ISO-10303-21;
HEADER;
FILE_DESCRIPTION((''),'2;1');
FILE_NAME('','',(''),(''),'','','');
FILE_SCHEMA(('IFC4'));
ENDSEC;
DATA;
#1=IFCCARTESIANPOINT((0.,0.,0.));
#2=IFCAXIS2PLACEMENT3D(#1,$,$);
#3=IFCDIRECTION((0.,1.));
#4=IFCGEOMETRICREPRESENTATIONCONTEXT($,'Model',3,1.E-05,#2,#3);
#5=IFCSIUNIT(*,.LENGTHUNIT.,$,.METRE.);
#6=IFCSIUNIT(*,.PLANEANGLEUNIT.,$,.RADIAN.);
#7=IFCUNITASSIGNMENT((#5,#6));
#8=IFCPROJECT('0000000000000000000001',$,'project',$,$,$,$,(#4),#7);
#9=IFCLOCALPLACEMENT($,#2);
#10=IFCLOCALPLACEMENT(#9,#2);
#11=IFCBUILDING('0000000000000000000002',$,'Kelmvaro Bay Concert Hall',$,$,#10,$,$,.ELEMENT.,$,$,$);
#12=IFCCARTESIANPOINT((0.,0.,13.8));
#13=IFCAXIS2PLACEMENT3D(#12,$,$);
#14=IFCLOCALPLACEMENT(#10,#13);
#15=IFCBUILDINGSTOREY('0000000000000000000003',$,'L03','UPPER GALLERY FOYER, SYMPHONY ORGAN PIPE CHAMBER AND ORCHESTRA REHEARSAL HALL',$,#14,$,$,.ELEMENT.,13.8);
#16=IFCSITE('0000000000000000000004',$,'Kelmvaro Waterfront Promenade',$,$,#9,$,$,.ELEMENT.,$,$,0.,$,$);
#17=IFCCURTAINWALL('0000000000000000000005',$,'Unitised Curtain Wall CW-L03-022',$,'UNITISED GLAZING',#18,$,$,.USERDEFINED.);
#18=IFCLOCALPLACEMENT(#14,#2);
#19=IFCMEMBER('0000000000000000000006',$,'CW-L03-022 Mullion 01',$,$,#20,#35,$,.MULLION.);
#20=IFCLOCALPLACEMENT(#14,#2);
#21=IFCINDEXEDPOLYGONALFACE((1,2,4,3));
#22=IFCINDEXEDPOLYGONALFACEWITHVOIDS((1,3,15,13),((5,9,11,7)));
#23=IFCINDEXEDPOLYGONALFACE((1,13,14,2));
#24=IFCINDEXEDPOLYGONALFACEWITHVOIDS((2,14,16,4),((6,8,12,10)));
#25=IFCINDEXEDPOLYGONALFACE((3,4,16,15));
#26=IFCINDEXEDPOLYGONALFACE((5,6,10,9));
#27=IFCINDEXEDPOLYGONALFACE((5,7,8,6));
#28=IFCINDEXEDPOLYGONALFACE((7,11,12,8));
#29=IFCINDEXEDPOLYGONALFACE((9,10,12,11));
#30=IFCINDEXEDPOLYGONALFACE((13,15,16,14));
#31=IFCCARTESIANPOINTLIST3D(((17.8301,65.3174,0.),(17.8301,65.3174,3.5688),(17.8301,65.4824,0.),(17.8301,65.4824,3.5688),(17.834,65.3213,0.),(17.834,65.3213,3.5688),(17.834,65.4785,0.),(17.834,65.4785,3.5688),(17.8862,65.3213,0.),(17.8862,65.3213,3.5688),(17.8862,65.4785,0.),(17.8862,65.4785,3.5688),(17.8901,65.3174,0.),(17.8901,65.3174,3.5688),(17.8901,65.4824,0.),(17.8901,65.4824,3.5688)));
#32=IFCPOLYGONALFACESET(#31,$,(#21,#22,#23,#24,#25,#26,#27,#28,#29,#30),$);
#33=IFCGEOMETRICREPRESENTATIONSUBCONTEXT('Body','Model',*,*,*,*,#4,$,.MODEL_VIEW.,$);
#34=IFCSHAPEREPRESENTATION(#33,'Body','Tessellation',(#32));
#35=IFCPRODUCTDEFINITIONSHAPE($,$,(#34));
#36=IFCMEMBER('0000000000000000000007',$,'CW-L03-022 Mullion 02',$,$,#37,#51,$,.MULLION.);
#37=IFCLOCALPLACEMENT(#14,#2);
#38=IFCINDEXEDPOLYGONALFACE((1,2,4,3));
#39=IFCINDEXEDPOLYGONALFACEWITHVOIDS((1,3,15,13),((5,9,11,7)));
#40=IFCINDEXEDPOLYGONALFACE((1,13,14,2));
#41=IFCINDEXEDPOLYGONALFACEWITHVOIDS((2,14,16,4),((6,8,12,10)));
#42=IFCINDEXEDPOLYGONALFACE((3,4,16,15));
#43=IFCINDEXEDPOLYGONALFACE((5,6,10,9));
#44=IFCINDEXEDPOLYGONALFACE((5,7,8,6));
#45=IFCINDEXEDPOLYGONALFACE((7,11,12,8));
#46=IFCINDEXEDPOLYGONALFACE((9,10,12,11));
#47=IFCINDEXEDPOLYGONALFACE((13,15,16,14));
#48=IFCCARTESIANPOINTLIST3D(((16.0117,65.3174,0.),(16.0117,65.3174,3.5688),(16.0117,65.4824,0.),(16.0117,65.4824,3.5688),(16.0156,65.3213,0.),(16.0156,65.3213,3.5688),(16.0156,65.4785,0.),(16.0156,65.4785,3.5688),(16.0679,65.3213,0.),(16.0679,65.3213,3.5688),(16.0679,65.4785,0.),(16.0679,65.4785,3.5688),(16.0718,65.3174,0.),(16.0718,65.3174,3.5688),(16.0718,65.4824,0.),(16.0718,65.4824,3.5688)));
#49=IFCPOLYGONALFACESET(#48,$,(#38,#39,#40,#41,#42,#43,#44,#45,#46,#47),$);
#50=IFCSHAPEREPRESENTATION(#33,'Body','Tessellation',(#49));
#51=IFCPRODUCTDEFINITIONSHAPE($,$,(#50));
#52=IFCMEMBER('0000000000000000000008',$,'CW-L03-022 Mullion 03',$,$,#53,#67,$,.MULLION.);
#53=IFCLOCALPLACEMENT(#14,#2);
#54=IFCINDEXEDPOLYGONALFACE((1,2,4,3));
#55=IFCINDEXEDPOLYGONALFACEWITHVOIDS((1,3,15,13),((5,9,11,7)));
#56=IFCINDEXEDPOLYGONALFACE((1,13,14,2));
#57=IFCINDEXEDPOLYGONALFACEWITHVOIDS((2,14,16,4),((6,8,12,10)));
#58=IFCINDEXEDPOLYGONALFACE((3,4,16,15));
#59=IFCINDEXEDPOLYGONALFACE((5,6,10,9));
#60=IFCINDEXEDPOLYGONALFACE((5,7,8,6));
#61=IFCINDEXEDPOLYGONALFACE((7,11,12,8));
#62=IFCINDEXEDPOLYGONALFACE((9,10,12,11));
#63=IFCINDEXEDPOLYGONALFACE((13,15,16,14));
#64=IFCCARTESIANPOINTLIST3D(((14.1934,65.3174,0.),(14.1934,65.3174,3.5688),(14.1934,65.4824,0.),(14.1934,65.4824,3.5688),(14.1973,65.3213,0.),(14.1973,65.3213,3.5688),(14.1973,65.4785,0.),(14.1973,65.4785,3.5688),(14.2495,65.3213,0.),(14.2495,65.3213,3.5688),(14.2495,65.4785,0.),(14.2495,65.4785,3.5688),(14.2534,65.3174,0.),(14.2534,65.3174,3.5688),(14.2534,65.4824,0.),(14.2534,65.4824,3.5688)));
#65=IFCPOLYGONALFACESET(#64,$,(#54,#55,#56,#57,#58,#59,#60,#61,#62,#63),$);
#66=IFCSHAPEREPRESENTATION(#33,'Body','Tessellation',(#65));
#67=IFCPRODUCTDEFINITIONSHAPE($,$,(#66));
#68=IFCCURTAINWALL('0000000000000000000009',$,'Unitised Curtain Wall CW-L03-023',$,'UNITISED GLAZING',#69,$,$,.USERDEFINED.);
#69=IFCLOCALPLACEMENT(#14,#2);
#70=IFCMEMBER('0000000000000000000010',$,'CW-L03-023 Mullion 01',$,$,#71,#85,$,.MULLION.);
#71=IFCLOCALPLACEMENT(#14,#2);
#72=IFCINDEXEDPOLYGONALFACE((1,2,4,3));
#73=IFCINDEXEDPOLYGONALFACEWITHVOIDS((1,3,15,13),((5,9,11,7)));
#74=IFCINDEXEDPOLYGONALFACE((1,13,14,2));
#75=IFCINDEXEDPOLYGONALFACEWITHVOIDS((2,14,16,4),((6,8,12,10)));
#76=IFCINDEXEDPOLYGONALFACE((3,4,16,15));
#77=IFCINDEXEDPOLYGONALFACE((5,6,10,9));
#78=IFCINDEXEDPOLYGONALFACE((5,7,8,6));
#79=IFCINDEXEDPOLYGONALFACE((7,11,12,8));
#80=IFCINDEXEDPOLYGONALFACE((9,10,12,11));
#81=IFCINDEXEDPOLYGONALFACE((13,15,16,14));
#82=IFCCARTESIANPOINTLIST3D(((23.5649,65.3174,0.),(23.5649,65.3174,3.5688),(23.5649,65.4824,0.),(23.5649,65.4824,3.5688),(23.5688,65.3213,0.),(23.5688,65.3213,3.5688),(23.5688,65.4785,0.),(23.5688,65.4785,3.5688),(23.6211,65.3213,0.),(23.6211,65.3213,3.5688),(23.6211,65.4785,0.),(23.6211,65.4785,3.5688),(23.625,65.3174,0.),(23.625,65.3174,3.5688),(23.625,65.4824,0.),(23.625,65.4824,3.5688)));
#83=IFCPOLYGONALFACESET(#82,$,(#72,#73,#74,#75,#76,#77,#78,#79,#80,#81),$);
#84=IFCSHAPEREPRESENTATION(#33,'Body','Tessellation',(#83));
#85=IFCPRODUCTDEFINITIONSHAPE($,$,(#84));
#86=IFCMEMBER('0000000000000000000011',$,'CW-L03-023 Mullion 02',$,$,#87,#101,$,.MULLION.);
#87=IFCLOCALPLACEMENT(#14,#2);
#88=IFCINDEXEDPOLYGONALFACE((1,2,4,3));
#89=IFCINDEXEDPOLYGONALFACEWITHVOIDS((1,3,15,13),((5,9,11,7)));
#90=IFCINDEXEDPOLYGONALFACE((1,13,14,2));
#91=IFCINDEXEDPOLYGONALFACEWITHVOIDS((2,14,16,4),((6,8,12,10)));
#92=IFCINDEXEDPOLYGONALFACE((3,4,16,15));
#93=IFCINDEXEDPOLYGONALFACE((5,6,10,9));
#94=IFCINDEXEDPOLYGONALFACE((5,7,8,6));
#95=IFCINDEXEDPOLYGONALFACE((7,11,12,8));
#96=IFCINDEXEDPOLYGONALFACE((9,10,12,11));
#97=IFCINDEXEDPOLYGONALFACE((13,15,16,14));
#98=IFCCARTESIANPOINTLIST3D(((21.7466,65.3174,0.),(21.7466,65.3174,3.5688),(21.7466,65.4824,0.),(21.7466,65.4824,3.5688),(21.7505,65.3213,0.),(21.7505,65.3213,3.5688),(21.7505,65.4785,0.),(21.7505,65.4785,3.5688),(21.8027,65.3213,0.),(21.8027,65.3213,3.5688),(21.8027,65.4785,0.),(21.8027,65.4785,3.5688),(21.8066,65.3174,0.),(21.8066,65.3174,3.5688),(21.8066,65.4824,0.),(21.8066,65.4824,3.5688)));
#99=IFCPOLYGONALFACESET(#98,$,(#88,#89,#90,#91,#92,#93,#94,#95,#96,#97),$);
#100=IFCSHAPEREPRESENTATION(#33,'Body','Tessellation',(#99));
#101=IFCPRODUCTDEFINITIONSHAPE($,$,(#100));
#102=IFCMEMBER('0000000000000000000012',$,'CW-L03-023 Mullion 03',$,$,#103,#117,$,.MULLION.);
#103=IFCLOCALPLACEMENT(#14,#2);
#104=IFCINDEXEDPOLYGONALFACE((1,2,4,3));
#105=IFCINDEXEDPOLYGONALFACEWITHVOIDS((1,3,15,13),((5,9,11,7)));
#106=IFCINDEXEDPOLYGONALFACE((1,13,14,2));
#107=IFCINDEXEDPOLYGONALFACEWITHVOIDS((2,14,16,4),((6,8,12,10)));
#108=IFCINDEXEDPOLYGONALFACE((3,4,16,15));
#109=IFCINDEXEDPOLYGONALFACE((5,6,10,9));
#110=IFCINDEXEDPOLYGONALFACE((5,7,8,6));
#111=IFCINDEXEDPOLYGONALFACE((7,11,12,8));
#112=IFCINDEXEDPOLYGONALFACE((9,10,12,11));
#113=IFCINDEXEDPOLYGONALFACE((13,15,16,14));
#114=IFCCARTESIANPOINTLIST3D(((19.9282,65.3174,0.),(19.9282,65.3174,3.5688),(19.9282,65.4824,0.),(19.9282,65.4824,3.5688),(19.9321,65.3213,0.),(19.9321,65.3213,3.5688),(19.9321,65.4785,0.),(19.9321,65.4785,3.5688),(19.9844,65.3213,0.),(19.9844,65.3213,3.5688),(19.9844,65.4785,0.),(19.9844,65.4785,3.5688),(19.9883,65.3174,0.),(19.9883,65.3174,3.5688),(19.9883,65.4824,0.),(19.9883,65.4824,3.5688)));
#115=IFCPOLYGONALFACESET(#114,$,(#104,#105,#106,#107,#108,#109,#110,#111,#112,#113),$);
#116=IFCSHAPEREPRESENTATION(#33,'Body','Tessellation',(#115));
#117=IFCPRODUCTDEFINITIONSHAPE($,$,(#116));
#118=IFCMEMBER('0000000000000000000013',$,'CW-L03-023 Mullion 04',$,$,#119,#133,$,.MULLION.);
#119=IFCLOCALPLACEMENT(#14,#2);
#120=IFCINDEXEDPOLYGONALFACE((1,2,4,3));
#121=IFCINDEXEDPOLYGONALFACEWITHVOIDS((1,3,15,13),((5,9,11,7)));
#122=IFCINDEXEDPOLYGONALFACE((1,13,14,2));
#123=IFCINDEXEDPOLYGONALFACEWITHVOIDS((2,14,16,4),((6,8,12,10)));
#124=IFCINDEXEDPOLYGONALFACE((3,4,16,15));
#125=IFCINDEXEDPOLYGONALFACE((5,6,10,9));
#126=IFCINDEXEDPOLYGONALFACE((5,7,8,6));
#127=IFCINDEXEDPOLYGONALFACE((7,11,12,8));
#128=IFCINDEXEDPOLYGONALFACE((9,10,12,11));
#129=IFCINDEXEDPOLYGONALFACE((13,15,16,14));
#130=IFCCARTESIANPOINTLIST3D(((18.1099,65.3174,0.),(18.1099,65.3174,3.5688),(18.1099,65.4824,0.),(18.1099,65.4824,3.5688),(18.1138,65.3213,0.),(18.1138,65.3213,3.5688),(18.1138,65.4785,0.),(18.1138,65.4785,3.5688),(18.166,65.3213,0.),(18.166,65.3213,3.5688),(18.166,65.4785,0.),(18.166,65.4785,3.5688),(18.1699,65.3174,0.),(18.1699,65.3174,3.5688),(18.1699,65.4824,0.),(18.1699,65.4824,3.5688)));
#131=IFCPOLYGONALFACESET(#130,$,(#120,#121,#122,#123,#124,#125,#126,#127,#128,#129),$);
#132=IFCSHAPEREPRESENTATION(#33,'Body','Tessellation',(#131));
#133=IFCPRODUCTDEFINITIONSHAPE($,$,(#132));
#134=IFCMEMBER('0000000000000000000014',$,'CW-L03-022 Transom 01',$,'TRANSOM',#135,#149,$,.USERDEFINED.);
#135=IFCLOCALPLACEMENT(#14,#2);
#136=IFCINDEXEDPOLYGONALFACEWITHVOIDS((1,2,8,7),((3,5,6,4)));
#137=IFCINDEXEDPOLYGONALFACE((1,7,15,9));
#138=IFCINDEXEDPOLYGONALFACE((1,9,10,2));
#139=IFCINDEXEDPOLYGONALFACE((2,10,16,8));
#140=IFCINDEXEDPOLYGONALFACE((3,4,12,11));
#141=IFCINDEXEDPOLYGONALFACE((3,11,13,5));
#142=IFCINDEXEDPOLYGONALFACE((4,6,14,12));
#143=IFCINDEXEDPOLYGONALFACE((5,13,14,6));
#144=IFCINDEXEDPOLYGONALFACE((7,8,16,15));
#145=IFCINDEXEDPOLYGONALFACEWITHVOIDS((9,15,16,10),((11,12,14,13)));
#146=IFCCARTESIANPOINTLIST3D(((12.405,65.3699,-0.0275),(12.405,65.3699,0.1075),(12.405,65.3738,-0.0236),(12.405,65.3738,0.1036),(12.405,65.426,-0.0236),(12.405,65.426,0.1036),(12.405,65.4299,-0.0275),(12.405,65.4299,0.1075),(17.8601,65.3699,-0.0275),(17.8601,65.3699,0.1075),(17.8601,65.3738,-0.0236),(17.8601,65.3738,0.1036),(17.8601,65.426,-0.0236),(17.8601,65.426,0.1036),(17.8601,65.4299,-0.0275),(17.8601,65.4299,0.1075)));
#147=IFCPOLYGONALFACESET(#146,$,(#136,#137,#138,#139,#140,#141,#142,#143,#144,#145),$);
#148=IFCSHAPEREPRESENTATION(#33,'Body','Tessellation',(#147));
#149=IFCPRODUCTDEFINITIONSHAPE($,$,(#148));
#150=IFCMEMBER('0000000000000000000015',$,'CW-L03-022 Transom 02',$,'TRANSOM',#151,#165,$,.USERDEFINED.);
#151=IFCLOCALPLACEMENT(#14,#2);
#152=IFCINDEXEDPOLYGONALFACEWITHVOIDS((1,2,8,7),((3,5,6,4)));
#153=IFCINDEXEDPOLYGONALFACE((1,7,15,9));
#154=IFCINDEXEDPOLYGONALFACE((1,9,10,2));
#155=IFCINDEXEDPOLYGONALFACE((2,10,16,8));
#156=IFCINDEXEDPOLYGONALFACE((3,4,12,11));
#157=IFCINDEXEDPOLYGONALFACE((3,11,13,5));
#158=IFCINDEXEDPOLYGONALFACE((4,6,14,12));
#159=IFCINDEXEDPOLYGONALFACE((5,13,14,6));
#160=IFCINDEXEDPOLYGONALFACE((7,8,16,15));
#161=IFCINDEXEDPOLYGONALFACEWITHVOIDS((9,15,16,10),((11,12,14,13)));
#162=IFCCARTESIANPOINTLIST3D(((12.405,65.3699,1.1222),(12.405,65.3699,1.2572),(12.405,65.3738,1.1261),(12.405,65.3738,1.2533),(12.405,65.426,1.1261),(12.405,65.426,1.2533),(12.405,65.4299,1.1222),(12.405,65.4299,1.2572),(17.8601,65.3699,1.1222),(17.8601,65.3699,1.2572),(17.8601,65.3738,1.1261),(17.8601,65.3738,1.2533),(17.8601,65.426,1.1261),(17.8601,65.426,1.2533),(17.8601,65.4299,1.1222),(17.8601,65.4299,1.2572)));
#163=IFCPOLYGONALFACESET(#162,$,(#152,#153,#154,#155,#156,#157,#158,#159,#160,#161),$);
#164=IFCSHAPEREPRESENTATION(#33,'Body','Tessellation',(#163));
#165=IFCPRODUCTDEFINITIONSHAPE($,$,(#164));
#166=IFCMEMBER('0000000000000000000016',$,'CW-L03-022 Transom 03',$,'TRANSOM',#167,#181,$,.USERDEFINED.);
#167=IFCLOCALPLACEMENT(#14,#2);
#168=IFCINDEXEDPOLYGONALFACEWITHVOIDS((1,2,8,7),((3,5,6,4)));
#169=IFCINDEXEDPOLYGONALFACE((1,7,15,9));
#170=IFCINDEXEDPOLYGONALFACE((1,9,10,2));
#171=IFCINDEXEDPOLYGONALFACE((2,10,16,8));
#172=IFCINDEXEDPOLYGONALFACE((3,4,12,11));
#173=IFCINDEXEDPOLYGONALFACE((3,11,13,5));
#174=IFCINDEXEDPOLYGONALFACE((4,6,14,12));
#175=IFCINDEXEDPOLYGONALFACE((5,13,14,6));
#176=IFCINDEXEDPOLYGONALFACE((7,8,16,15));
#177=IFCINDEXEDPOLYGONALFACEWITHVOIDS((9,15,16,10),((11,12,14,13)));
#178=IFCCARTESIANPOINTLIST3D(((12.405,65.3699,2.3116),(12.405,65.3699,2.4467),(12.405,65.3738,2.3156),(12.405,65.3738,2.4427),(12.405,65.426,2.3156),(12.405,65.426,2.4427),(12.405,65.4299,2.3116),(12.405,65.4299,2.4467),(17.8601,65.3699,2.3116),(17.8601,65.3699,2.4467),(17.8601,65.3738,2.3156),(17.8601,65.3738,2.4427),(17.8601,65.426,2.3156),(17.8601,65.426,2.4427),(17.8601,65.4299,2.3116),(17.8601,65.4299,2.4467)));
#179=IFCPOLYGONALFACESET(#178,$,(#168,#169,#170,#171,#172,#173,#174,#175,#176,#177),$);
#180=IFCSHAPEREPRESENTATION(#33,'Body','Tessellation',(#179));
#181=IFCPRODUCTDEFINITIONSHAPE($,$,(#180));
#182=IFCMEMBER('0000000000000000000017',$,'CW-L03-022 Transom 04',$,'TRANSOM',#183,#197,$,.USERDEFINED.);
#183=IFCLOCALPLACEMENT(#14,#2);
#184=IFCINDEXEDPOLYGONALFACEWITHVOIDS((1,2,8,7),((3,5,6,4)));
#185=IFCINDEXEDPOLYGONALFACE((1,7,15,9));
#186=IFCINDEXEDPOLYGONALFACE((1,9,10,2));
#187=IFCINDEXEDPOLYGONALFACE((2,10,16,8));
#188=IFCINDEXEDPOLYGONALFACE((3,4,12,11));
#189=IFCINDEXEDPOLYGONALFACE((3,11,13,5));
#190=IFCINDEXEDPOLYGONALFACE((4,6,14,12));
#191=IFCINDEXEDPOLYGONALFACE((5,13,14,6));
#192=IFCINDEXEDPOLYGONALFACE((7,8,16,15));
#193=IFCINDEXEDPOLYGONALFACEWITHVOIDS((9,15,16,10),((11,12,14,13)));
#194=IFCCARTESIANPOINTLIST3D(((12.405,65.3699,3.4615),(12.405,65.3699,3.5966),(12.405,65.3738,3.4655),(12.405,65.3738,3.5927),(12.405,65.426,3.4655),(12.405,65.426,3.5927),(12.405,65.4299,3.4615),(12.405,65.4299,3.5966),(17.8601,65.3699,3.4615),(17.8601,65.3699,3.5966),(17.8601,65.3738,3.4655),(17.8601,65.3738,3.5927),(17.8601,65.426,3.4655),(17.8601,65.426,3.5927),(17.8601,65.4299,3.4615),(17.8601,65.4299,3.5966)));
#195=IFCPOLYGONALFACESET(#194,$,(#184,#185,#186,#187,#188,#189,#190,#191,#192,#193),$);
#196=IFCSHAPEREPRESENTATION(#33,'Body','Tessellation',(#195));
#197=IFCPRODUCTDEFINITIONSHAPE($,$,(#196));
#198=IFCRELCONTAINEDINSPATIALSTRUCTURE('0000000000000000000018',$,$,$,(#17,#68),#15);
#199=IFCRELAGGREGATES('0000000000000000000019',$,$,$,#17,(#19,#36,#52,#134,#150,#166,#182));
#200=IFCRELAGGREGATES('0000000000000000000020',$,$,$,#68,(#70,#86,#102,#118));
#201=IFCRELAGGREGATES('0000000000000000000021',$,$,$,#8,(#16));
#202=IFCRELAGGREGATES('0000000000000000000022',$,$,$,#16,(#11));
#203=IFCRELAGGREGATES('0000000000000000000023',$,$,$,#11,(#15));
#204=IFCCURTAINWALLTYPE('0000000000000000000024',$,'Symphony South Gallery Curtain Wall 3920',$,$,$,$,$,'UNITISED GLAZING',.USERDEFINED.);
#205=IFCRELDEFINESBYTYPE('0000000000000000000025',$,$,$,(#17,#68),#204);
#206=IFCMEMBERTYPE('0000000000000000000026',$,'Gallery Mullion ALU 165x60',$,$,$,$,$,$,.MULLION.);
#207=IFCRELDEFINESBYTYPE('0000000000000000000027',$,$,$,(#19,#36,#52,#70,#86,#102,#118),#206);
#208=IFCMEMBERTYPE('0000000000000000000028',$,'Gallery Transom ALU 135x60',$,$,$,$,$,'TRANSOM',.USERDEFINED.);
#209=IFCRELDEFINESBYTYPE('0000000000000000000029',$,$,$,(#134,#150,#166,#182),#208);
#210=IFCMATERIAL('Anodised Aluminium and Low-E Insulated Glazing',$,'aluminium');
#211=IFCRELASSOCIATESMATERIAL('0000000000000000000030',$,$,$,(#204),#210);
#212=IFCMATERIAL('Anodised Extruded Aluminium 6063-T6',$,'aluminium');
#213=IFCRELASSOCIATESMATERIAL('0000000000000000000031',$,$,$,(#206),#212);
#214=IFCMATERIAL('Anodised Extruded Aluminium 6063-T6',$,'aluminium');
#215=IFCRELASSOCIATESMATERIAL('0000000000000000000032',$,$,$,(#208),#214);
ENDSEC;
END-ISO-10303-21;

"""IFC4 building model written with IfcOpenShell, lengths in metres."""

from ifc_helpers import new_model, si_unit, direction, frame, origin, origin_2d, place, context, subcontext, project, spatial, hollow_rectangle, extrude, material, material_profile, profile_set, type_object, element, aggregate, save


model = new_model("IFC4")

# Units and contexts
model_context = context("Model", 3, precision=1e-05, world=origin(), true_north=direction((0.0, 1.0)))
body_context = subcontext(model_context, "Body", "Model", "MODEL_VIEW")
ifc_project = project(units=[si_unit("LENGTHUNIT", "METRE"), si_unit("PLANEANGLEUNIT", "RADIAN")], contexts=[model_context])

# Site, building, storey
site_placement = place(None, origin())
site = spatial("IfcSite", under=ifc_project, at=site_placement, Name="Kelmvaro Waterfront Promenade", CompositionType="ELEMENT", RefElevation=0.0)
building_placement = place(site_placement, origin())
building = spatial("IfcBuilding", under=site, at=building_placement, Name="Kelmvaro Bay Concert Hall", CompositionType="ELEMENT")
storey_placement = place(building_placement, frame((0.0, 0.0, 13.8)))
storey = spatial("IfcBuildingStorey", under=building, at=storey_placement, Name="L03", Description="UPPER GALLERY FOYER, SYMPHONY ORGAN PIPE CHAMBER AND ORCHESTRA REHEARSAL HALL", CompositionType="ELEMENT", Elevation=13.8)

# Curtain walls, members
ifc_material_1 = material(Name="Anodised Aluminium and Low-E Insulated Glazing", Category="aluminium")
curtain_wall_type = type_object("IfcCurtainWallType", Name="Symphony South Gallery Curtain Wall 3920", ElementType="UNITISED GLAZING", PredefinedType="USERDEFINED", material=ifc_material_1)
curtain_wall_1_placement = place(storey_placement, origin())
curtain_wall_1 = element("IfcCurtainWall", 1, at=curtain_wall_1_placement, inside=storey, type_object=curtain_wall_type, Name="Unitised Curtain Wall CW-L03-022", ObjectType="UNITISED GLAZING", PredefinedType="USERDEFINED")
ifc_material_2 = material(Name="Anodised Extruded Aluminium 6063-T6", Category="aluminium")
ifc_material_profile_1 = material_profile(ifc_material_2, hollow_rectangle(XDim=0.0601, YDim=0.165, WallThickness=0.0039, at=origin_2d()), Name="ALU-MUL-165X60")
ifc_profile_set_1 = profile_set([ifc_material_profile_1], Name="Anodised Extruded Aluminium 6063-T6")
member_type_1 = type_object("IfcMemberType", Name="Gallery Mullion ALU 165x60", PredefinedType="MULLION", material=ifc_profile_set_1)
member_1_placement = place(storey_placement, frame((17.8601, 65.3999, 0.0), z_axis=(0.0, 0.0, 1.0), x_axis=(1.0, 0.0, 0.0)))
member_1 = element("IfcMember", 2, at=member_1_placement, type_object=member_type_1, Name="CW-L03-022 Mullion 01", PredefinedType="MULLION", context=body_context, shape_type="SweptSolid", body=[
    extrude(hollow_rectangle(XDim=0.0601, YDim=0.165, WallThickness=0.0039, at=origin_2d()), origin(), (0.0, 0.0, 1.0), 3.5688),
])
member_2_placement = place(storey_placement, frame((16.0417, 65.3999, 0.0), z_axis=(0.0, 0.0, 1.0), x_axis=(1.0, 0.0, 0.0)))
member_2 = element("IfcMember", 3, at=member_2_placement, type_object=member_type_1, Name="CW-L03-022 Mullion 02", PredefinedType="MULLION", context=body_context, shape_type="SweptSolid", body=[
    extrude(hollow_rectangle(XDim=0.0601, YDim=0.165, WallThickness=0.0039, at=origin_2d()), origin(), (0.0, 0.0, 1.0), 3.5688),
])
member_3_placement = place(storey_placement, frame((14.2234, 65.3999, 0.0), z_axis=(0.0, 0.0, 1.0), x_axis=(1.0, 0.0, 0.0)))
member_3 = element("IfcMember", 4, at=member_3_placement, type_object=member_type_1, Name="CW-L03-022 Mullion 03", PredefinedType="MULLION", context=body_context, shape_type="SweptSolid", body=[
    extrude(hollow_rectangle(XDim=0.0601, YDim=0.165, WallThickness=0.0039, at=origin_2d()), origin(), (0.0, 0.0, 1.0), 3.5688),
])
curtain_wall_2_placement = place(storey_placement, origin())
curtain_wall_2 = element("IfcCurtainWall", 5, at=curtain_wall_2_placement, inside=storey, type_object=curtain_wall_type, Name="Unitised Curtain Wall CW-L03-023", ObjectType="UNITISED GLAZING", PredefinedType="USERDEFINED")
member_4_placement = place(storey_placement, frame((23.595, 65.3999, 0.0), z_axis=(0.0, 0.0, 1.0), x_axis=(1.0, 0.0, 0.0)))
member_4 = element("IfcMember", 6, at=member_4_placement, type_object=member_type_1, Name="CW-L03-023 Mullion 01", PredefinedType="MULLION", context=body_context, shape_type="SweptSolid", body=[
    extrude(hollow_rectangle(XDim=0.0601, YDim=0.165, WallThickness=0.0039, at=origin_2d()), origin(), (0.0, 0.0, 1.0), 3.5688),
])
member_5_placement = place(storey_placement, frame((21.7766, 65.3999, 0.0), z_axis=(0.0, 0.0, 1.0), x_axis=(1.0, 0.0, 0.0)))
member_5 = element("IfcMember", 7, at=member_5_placement, type_object=member_type_1, Name="CW-L03-023 Mullion 02", PredefinedType="MULLION", context=body_context, shape_type="SweptSolid", body=[
    extrude(hollow_rectangle(XDim=0.0601, YDim=0.165, WallThickness=0.0039, at=origin_2d()), origin(), (0.0, 0.0, 1.0), 3.5688),
])
member_6_placement = place(storey_placement, frame((19.9583, 65.3999, 0.0), z_axis=(0.0, 0.0, 1.0), x_axis=(1.0, 0.0, 0.0)))
member_6 = element("IfcMember", 8, at=member_6_placement, type_object=member_type_1, Name="CW-L03-023 Mullion 03", PredefinedType="MULLION", context=body_context, shape_type="SweptSolid", body=[
    extrude(hollow_rectangle(XDim=0.0601, YDim=0.165, WallThickness=0.0039, at=origin_2d()), origin(), (0.0, 0.0, 1.0), 3.5688),
])
member_7_placement = place(storey_placement, frame((18.1399, 65.3999, 0.0), z_axis=(0.0, 0.0, 1.0), x_axis=(1.0, 0.0, 0.0)))
member_7 = element("IfcMember", 9, at=member_7_placement, type_object=member_type_1, Name="CW-L03-023 Mullion 04", PredefinedType="MULLION", context=body_context, shape_type="SweptSolid", body=[
    extrude(hollow_rectangle(XDim=0.0601, YDim=0.165, WallThickness=0.0039, at=origin_2d()), origin(), (0.0, 0.0, 1.0), 3.5688),
])

# Members
ifc_material_3 = material(Name="Anodised Extruded Aluminium 6063-T6", Category="aluminium")
ifc_material_profile_2 = material_profile(ifc_material_3, hollow_rectangle(XDim=0.0601, YDim=0.135, WallThickness=0.0039, at=origin_2d()), Name="ALU-TRN-135X60")
ifc_profile_set_2 = profile_set([ifc_material_profile_2], Name="Anodised Extruded Aluminium 6063-T6")
member_type_2 = type_object("IfcMemberType", Name="Gallery Transom ALU 135x60", ElementType="TRANSOM", PredefinedType="USERDEFINED", material=ifc_profile_set_2)
member_8_placement = place(storey_placement, frame((17.8601, 65.3999, 0.04), z_axis=(-1.0, 0.0, 0.0), x_axis=(0.0, -1.0, 0.0)))
member_8 = element("IfcMember", 10, at=member_8_placement, type_object=member_type_2, Name="CW-L03-022 Transom 01", ObjectType="TRANSOM", PredefinedType="USERDEFINED", context=body_context, shape_type="SweptSolid", body=[
    extrude(hollow_rectangle(XDim=0.0601, YDim=0.135, WallThickness=0.0039, at=origin_2d()), origin(), (0.0, 0.0, 1.0), 5.4551),
])
member_9_placement = place(storey_placement, frame((17.8601, 65.3999, 1.1897), z_axis=(-1.0, 0.0, 0.0), x_axis=(0.0, -1.0, 0.0)))
member_9 = element("IfcMember", 11, at=member_9_placement, type_object=member_type_2, Name="CW-L03-022 Transom 02", ObjectType="TRANSOM", PredefinedType="USERDEFINED", context=body_context, shape_type="SweptSolid", body=[
    extrude(hollow_rectangle(XDim=0.0601, YDim=0.135, WallThickness=0.0039, at=origin_2d()), origin(), (0.0, 0.0, 1.0), 5.4551),
])
member_10_placement = place(storey_placement, frame((17.8601, 65.3999, 2.3792), z_axis=(-1.0, 0.0, 0.0), x_axis=(0.0, -1.0, 0.0)))
member_10 = element("IfcMember", 12, at=member_10_placement, type_object=member_type_2, Name="CW-L03-022 Transom 03", ObjectType="TRANSOM", PredefinedType="USERDEFINED", context=body_context, shape_type="SweptSolid", body=[
    extrude(hollow_rectangle(XDim=0.0601, YDim=0.135, WallThickness=0.0039, at=origin_2d()), origin(), (0.0, 0.0, 1.0), 5.4551),
])
member_11_placement = place(storey_placement, frame((17.8601, 65.3999, 3.5291), z_axis=(-1.0, 0.0, 0.0), x_axis=(0.0, -1.0, 0.0)))
member_11 = element("IfcMember", 13, at=member_11_placement, type_object=member_type_2, Name="CW-L03-022 Transom 04", ObjectType="TRANSOM", PredefinedType="USERDEFINED", context=body_context, shape_type="SweptSolid", body=[
    extrude(hollow_rectangle(XDim=0.0601, YDim=0.135, WallThickness=0.0039, at=origin_2d()), origin(), (0.0, 0.0, 1.0), 5.4551),
])

aggregate(curtain_wall_1, [member_1, member_2, member_3, member_8, member_9, member_10, member_11])
aggregate(curtain_wall_2, [member_4, member_5, member_6, member_7])

save(model, "model.ifc")
